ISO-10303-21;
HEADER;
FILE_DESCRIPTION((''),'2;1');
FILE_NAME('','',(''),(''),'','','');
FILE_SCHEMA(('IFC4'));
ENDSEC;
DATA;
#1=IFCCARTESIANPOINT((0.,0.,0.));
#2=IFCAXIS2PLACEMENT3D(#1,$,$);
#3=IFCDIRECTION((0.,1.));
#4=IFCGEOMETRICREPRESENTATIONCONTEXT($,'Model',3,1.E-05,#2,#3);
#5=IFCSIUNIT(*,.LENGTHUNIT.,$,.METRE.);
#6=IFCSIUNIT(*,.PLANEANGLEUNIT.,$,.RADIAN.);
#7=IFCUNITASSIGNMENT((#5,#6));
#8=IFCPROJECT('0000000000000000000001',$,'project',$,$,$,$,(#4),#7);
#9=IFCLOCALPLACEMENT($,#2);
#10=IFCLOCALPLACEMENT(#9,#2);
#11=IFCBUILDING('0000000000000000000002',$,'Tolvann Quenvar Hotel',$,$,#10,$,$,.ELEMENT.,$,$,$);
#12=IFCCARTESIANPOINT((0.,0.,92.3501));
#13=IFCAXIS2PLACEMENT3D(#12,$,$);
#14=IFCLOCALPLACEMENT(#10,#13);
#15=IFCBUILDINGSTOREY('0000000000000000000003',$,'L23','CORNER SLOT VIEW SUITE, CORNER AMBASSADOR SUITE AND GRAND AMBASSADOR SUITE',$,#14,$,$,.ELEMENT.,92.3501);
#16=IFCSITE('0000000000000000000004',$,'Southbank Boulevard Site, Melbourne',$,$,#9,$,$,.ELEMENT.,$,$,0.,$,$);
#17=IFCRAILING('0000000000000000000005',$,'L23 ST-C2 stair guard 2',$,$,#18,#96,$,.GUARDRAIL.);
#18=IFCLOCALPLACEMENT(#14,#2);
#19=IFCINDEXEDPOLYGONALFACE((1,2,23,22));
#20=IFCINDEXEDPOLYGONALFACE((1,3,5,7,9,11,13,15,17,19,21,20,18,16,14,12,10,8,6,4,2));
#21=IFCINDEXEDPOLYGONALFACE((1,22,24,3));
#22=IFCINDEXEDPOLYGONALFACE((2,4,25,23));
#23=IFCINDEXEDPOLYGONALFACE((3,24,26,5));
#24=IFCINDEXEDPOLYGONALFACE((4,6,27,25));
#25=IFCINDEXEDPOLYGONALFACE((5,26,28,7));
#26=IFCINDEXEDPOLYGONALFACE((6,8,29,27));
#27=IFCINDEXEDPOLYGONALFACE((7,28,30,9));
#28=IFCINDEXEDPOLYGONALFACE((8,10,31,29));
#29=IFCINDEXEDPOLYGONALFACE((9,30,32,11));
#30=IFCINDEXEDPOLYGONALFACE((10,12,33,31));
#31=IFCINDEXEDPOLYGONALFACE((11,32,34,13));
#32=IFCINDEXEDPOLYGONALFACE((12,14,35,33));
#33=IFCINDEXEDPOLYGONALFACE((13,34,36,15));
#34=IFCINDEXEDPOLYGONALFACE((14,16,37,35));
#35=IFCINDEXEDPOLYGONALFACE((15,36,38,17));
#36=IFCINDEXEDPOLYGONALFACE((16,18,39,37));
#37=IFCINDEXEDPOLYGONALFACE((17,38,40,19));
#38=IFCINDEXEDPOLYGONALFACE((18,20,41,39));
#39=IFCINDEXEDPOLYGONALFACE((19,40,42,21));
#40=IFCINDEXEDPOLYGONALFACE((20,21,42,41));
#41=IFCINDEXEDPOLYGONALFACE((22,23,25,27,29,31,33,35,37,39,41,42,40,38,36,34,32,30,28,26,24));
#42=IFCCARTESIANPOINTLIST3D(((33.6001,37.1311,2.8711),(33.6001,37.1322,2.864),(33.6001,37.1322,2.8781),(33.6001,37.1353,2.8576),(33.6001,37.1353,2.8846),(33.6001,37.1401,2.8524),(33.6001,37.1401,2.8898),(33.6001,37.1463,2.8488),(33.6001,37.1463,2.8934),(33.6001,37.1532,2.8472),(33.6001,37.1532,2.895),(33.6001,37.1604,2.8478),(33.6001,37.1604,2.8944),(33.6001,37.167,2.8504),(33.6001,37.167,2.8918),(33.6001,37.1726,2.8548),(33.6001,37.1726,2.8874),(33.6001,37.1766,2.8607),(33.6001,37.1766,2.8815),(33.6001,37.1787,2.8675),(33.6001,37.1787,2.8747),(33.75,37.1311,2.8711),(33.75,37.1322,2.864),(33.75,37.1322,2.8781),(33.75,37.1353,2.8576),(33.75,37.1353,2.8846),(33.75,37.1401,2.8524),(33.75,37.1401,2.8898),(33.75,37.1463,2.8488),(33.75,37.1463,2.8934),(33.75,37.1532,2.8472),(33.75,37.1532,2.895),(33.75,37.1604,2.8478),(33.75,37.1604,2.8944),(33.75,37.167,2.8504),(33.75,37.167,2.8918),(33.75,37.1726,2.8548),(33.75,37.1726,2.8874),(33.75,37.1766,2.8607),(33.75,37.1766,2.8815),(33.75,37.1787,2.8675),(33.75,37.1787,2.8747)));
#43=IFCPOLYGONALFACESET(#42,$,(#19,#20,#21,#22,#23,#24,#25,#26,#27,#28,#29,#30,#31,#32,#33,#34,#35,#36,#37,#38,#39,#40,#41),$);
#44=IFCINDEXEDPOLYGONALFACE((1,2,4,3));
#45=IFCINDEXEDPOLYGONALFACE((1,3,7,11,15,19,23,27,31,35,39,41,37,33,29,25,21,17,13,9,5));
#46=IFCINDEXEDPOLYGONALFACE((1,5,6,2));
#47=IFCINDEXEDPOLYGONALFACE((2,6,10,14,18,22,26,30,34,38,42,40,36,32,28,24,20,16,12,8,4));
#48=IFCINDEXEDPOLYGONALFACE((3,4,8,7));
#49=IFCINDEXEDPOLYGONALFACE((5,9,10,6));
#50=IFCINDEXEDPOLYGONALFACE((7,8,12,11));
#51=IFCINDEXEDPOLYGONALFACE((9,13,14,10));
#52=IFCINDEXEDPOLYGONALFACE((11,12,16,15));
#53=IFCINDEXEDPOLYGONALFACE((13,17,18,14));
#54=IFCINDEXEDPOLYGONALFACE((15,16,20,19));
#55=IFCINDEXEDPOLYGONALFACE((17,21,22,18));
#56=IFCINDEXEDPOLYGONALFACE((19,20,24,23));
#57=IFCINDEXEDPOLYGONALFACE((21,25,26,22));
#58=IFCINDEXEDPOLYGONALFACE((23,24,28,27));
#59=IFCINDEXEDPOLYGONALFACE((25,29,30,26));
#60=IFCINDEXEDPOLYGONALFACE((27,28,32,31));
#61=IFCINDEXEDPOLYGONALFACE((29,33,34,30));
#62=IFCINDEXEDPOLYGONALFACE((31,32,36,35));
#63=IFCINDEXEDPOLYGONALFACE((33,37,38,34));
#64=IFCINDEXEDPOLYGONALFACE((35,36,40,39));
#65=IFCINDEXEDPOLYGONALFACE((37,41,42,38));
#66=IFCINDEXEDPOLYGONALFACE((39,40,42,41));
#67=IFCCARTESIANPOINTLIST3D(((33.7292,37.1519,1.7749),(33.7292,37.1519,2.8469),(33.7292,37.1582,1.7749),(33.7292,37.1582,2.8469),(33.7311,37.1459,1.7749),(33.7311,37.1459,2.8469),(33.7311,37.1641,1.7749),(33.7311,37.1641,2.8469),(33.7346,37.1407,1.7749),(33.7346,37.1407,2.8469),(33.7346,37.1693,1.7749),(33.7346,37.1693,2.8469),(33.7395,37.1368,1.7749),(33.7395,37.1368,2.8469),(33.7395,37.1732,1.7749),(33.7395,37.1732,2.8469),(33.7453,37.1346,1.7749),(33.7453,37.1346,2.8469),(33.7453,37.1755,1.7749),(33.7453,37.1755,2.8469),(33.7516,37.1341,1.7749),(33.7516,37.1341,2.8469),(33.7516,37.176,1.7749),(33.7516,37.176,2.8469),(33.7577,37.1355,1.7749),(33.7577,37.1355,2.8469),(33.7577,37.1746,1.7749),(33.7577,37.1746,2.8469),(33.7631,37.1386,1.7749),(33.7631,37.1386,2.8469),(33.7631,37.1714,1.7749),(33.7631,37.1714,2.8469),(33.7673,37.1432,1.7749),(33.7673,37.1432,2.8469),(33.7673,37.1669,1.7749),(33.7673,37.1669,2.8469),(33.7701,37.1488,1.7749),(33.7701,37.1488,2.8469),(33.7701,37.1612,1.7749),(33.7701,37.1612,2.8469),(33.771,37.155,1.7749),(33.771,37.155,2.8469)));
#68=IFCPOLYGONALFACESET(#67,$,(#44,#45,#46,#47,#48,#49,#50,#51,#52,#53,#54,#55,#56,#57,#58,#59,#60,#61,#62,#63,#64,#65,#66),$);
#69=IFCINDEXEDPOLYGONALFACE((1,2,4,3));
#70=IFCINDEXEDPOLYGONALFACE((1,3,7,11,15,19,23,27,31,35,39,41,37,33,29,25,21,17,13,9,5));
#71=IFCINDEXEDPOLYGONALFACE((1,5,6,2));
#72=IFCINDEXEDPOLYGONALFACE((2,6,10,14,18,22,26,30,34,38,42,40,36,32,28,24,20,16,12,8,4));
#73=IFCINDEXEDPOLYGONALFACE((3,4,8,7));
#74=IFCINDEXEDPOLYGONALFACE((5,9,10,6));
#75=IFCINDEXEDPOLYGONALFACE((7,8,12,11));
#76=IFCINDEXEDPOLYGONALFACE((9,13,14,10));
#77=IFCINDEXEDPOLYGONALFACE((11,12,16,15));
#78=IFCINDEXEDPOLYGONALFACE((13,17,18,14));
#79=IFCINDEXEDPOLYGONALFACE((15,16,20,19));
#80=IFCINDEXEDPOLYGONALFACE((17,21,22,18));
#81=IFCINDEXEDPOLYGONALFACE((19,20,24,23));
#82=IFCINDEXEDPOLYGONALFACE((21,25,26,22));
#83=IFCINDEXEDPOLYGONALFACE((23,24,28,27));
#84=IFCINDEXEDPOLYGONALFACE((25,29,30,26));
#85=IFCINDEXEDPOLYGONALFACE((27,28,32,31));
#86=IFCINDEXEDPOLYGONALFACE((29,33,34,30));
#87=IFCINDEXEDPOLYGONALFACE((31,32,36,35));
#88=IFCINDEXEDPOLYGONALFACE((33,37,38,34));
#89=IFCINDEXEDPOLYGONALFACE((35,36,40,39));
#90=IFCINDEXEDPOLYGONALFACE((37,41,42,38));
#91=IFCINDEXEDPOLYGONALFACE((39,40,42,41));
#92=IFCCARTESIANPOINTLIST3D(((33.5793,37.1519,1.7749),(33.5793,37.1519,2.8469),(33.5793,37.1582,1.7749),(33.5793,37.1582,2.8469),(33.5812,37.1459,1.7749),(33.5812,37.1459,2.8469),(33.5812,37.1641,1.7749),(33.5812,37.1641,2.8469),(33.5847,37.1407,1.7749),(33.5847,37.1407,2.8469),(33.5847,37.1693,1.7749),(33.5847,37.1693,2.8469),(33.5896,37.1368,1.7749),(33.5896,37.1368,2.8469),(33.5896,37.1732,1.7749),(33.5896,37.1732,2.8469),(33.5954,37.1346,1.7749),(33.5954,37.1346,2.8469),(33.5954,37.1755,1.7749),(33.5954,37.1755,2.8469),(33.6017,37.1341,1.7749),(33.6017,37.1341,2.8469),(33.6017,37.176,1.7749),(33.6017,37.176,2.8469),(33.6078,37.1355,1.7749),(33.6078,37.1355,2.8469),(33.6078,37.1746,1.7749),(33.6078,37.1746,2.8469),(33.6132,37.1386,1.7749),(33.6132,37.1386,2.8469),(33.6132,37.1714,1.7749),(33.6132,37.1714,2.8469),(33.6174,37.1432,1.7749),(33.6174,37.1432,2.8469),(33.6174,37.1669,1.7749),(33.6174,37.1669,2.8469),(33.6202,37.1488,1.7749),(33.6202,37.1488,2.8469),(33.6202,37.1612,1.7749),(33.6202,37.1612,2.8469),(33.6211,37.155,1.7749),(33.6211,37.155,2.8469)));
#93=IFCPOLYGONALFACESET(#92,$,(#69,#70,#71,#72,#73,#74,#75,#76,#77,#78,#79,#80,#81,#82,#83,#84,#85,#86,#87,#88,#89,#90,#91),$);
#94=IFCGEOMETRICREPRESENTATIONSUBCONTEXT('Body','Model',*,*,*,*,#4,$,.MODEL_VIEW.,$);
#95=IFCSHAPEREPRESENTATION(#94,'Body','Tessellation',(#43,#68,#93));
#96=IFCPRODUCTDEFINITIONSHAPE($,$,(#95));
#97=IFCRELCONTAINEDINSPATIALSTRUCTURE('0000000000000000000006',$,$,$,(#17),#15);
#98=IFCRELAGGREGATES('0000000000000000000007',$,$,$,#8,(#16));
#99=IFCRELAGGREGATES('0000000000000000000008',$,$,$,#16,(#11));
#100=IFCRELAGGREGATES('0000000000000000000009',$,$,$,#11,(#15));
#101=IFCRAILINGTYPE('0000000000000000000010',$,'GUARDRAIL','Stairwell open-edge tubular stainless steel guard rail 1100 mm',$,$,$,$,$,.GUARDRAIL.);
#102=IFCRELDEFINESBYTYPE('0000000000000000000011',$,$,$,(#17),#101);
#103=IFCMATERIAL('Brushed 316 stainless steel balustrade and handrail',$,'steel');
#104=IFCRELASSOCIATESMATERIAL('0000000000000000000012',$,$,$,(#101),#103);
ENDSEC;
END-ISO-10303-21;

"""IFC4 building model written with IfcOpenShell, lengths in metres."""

from ifc_helpers import new_model, si_unit, direction, frame, origin, origin_2d, place, context, subcontext, project, spatial, circle, extrude, material, type_object, element, save


model = new_model("IFC4")

# Units and contexts
model_context = context("Model", 3, precision=1e-05, world=origin(), true_north=direction((0.0, 1.0)))
body_context = subcontext(model_context, "Body", "Model", "MODEL_VIEW")
ifc_project = project(units=[si_unit("LENGTHUNIT", "METRE"), si_unit("PLANEANGLEUNIT", "RADIAN")], contexts=[model_context])

# Site, building, storey
site_placement = place(None, origin())
site = spatial("IfcSite", under=ifc_project, at=site_placement, Name="Southbank Boulevard Site, Melbourne", CompositionType="ELEMENT", RefElevation=0.0)
building_placement = place(site_placement, origin())
building = spatial("IfcBuilding", under=site, at=building_placement, Name="Tolvann Quenvar Hotel", CompositionType="ELEMENT")
storey_placement = place(building_placement, frame((0.0, 0.0, 92.3501)))
storey = spatial("IfcBuildingStorey", under=building, at=storey_placement, Name="L23", Description="CORNER SLOT VIEW SUITE, CORNER AMBASSADOR SUITE AND GRAND AMBASSADOR SUITE", CompositionType="ELEMENT", Elevation=92.3501)

# Railing
ifc_material_1 = material(Name="Brushed 316 stainless steel balustrade and handrail", Category="steel")
railing_type_1 = type_object("IfcRailingType", Name="GUARDRAIL", Description="Stairwell open-edge tubular stainless steel guard rail 1100 mm", PredefinedType="GUARDRAIL", material=ifc_material_1)
railing_1_placement = place(storey_placement, frame((33.75, 37.155, 1.7749)))
element("IfcRailing", 1, at=railing_1_placement, inside=storey, type_object=railing_type_1, Name="L23 ST-C2 stair guard 2", PredefinedType="GUARDRAIL", context=body_context, shape_type="SweptSolid", body=[
    extrude(circle(Radius=0.0239, at=origin_2d()), frame((0.0, 0.0, 1.0962), z_axis=(-1.0, 0.0, 0.0), x_axis=(0.0, -1.0, 0.0)), (0.0, 0.0, 1.0), 0.1499),
    extrude(circle(Radius=0.021, at=origin_2d()), origin(), (0.0, 0.0, 1.0), 1.072),
    extrude(circle(Radius=0.021, at=origin_2d()), frame((-0.1499, 0.0, 0.0)), (0.0, 0.0, 1.0), 1.072),
])

save(model, "model.ifc")
